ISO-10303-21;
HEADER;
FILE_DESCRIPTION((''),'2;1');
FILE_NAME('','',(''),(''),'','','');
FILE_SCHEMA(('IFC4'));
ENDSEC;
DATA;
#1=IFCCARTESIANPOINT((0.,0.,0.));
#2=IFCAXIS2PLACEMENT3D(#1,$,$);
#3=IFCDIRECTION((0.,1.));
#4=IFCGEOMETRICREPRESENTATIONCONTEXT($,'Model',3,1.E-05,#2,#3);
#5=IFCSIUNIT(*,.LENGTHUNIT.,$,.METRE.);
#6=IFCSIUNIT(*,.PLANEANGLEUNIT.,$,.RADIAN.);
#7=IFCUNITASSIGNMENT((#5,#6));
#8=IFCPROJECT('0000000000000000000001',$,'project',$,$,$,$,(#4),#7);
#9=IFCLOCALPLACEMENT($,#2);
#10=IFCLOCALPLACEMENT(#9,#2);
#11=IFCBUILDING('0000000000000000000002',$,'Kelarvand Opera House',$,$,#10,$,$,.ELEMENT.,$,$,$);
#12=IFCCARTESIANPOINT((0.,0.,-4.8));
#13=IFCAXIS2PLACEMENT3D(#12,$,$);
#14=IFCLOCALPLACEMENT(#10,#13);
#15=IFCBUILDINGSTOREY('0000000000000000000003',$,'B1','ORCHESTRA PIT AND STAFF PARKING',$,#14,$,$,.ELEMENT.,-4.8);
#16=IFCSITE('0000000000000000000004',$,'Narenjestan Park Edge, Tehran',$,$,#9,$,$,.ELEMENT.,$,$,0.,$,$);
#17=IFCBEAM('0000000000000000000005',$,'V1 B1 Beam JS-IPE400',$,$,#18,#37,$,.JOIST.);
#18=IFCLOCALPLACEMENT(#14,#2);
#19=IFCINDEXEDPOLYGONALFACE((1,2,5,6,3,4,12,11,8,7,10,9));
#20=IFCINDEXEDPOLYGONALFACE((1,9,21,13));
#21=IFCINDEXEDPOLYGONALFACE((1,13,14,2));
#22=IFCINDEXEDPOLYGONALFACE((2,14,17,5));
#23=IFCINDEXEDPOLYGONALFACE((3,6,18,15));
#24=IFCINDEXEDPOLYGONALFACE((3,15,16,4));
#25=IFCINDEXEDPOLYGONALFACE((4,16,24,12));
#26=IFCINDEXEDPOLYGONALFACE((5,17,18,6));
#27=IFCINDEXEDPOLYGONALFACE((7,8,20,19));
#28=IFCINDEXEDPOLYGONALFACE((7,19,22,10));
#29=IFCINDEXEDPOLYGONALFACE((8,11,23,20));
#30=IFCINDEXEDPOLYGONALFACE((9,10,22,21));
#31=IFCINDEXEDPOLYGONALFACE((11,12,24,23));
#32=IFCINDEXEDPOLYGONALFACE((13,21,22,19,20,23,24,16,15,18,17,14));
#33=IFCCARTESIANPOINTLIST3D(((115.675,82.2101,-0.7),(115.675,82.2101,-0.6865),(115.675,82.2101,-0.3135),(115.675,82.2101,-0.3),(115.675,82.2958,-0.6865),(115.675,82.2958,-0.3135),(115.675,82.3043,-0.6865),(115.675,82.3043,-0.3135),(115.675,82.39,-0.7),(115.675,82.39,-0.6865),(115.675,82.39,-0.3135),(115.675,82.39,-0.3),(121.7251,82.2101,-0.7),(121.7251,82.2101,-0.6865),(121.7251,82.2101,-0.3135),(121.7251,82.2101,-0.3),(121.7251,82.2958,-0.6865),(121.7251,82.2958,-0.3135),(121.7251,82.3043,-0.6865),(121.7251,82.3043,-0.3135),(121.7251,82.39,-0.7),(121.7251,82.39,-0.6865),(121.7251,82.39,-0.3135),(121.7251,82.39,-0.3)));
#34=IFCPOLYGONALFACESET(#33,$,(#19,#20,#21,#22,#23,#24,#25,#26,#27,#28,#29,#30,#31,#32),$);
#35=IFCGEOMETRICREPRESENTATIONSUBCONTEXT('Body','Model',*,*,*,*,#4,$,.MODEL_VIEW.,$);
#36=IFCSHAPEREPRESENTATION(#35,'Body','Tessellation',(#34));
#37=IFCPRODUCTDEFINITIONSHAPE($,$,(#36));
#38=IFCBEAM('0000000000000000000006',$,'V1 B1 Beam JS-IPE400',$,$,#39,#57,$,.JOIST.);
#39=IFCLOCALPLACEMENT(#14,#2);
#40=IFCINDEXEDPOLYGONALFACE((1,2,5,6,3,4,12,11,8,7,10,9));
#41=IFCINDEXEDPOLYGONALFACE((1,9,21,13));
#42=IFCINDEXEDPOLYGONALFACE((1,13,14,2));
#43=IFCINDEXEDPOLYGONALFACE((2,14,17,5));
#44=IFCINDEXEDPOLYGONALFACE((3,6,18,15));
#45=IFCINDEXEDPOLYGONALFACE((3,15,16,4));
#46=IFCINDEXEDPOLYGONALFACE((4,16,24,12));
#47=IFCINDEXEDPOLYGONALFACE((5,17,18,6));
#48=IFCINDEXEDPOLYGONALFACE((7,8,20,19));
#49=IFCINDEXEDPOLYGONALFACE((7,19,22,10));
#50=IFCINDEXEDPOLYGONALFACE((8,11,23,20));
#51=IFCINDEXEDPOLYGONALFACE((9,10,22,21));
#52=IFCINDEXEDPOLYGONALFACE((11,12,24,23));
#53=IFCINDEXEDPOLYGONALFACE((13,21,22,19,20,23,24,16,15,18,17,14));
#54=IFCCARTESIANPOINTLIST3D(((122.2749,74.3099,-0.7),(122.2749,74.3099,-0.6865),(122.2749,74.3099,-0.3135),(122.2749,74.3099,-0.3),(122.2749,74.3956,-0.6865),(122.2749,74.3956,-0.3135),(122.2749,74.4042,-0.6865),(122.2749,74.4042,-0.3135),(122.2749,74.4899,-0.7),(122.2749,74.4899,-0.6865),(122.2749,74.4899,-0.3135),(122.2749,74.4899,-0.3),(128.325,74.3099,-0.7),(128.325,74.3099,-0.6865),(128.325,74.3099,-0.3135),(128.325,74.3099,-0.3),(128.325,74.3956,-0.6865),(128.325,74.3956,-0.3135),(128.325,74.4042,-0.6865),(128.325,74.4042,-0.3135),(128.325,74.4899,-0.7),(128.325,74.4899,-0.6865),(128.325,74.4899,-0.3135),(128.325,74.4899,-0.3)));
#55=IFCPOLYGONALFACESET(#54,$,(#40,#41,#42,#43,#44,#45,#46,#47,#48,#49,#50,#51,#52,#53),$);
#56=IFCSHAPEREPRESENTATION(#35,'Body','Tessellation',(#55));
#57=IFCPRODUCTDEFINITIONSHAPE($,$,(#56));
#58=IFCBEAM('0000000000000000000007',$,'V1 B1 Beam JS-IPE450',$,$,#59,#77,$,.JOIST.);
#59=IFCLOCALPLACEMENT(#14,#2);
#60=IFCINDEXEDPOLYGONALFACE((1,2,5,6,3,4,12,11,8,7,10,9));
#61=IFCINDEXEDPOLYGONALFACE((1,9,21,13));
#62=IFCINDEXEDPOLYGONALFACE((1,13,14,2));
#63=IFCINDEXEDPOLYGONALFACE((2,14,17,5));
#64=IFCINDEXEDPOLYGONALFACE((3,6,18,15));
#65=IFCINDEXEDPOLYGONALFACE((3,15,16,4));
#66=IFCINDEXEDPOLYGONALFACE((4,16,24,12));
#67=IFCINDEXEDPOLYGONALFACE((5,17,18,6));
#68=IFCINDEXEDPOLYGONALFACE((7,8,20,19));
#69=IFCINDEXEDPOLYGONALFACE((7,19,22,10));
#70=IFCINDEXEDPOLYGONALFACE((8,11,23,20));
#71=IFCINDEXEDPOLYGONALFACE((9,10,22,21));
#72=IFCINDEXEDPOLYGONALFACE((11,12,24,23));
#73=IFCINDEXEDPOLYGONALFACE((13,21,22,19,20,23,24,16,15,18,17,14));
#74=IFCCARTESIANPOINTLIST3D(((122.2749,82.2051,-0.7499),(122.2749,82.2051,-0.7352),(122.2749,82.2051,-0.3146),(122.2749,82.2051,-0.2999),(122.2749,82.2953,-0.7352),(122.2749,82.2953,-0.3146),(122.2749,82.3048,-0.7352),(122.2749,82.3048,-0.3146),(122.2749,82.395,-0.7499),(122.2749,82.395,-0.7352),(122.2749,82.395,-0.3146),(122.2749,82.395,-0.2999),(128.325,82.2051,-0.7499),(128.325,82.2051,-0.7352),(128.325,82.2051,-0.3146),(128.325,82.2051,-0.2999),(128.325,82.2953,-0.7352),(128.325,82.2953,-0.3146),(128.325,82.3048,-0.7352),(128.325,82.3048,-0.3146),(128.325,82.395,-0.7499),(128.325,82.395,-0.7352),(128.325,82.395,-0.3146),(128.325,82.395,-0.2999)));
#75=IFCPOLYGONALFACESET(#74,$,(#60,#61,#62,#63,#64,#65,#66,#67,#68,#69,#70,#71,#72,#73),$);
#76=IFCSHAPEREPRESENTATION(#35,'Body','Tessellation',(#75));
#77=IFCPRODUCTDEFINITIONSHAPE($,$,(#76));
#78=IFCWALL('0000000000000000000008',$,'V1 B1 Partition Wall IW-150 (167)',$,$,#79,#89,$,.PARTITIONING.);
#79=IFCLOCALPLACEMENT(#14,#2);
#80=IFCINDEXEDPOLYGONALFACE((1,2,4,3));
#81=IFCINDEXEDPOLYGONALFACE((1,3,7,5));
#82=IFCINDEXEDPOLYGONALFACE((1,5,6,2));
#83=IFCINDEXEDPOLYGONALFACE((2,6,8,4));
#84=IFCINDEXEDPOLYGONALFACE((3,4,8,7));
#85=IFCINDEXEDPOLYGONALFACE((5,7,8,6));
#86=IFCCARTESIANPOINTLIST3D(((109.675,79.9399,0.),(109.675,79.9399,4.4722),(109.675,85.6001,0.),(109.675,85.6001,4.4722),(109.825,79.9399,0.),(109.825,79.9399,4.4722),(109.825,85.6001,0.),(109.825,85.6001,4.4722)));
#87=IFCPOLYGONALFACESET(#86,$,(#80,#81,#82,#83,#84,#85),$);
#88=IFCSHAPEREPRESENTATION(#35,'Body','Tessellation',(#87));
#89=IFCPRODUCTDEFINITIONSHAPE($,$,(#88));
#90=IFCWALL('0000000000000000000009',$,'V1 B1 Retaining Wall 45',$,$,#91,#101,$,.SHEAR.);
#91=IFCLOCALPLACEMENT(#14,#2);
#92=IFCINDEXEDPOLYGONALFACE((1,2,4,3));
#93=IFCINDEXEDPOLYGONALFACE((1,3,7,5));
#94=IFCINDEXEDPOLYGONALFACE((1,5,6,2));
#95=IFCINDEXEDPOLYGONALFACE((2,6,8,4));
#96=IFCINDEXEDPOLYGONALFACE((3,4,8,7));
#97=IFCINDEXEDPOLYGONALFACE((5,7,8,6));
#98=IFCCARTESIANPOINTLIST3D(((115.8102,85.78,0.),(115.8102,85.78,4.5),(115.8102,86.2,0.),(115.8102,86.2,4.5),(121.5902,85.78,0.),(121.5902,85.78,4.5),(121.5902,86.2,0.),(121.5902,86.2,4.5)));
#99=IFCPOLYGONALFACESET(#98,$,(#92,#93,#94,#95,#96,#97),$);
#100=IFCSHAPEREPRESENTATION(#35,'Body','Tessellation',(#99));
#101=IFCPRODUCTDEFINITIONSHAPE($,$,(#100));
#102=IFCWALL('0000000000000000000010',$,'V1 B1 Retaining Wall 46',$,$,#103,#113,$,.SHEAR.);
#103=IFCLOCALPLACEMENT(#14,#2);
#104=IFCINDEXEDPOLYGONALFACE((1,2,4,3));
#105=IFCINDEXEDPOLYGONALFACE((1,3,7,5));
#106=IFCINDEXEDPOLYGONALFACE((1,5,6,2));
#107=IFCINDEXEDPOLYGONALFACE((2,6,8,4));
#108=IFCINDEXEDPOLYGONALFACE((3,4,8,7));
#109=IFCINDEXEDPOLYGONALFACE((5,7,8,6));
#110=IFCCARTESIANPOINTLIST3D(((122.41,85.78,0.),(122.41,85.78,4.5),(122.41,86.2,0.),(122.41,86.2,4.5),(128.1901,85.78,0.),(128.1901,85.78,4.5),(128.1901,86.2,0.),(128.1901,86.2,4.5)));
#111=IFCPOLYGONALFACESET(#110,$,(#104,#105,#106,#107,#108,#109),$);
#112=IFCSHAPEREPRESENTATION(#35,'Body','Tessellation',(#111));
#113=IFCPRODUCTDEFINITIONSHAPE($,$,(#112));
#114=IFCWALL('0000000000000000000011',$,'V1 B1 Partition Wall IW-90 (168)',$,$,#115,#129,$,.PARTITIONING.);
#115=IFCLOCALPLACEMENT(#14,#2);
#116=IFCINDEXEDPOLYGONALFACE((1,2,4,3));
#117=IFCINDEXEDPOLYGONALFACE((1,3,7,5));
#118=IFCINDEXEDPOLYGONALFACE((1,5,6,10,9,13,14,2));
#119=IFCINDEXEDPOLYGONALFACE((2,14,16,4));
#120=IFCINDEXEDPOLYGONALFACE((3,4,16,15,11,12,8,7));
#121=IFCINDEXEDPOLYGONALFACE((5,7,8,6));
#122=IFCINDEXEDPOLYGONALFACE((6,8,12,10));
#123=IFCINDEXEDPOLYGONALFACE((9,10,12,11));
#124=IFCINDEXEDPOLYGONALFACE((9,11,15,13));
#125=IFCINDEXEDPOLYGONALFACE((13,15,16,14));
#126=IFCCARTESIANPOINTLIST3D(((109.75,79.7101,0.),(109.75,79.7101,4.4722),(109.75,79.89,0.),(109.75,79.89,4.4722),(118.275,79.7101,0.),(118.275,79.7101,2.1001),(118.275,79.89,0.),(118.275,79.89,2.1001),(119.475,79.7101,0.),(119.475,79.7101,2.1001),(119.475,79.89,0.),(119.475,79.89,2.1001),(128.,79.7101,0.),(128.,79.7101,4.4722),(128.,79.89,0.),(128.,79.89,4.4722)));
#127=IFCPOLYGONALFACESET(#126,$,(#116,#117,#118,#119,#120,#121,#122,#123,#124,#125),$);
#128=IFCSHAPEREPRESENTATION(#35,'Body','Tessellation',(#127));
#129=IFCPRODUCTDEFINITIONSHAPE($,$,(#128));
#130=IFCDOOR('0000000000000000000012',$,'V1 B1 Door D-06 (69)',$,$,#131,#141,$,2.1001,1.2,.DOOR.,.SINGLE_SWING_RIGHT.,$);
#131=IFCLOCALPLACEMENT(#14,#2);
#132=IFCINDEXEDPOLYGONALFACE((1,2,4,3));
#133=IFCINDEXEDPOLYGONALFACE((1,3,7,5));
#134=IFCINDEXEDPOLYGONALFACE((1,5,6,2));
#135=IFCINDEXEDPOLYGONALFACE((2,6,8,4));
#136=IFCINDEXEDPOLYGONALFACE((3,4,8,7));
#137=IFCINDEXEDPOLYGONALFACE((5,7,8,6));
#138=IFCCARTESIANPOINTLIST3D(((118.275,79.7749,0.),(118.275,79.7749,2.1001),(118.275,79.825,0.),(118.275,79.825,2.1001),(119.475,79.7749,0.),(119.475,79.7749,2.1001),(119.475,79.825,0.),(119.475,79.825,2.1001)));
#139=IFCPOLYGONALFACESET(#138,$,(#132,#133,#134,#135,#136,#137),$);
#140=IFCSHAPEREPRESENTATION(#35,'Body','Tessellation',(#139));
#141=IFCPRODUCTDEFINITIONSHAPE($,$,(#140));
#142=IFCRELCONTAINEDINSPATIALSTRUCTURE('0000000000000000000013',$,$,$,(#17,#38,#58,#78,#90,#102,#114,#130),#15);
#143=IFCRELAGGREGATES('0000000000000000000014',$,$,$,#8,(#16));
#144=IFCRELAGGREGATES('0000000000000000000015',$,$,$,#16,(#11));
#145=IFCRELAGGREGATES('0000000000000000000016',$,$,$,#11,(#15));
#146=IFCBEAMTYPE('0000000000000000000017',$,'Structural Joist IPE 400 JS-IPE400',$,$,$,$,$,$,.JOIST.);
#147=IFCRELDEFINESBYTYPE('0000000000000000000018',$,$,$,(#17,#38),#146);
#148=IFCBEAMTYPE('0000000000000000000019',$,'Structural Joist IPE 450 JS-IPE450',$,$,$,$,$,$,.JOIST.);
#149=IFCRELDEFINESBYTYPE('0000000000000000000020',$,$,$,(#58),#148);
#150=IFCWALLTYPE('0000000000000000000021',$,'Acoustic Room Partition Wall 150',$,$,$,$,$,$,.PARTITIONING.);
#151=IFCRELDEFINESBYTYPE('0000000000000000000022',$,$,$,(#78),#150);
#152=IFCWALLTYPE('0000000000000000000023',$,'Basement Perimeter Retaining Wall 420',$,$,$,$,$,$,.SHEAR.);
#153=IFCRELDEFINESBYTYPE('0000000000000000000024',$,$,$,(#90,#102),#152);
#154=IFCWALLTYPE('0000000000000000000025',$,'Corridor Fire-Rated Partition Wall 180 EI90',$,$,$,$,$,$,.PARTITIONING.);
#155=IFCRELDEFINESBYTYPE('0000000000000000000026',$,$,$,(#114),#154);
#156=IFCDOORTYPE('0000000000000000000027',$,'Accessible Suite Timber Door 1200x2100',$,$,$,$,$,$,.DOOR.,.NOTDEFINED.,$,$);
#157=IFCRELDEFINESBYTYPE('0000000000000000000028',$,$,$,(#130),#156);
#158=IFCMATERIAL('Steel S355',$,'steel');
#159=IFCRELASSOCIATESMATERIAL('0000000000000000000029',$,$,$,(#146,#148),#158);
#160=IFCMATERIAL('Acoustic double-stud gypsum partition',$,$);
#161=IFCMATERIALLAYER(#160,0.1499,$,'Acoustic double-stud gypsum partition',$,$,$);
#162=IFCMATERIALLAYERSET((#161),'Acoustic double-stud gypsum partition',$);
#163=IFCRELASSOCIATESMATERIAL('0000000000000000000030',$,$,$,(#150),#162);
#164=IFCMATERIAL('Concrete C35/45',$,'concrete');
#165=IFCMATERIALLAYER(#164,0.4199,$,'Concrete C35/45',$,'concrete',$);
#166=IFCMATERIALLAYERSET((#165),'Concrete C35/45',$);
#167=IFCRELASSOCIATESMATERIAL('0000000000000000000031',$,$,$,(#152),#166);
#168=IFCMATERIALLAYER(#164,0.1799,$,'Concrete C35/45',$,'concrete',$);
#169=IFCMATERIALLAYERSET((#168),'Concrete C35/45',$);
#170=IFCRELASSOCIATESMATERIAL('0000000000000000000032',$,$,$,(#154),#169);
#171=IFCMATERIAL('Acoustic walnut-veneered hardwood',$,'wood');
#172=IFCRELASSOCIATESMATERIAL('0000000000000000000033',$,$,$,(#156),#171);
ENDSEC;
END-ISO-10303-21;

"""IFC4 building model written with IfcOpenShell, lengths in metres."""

from ifc_helpers import new_model, si_unit, direction, frame, frame_2d, origin, origin_2d, place, context, subcontext, project, spatial, rectangle, i_section, extrude, material, layer, layer_set, material_profile, profile_set, type_object, element, fill, save


model = new_model("IFC4")

# Units and contexts
model_context = context("Model", 3, precision=1e-05, world=origin(), true_north=direction((0.0, 1.0)))
body_context = subcontext(model_context, "Body", "Model", "MODEL_VIEW")
ifc_project = project(units=[si_unit("LENGTHUNIT", "METRE"), si_unit("PLANEANGLEUNIT", "RADIAN")], contexts=[model_context])

# Site, building, storey
site_placement = place(None, origin())
site = spatial("IfcSite", under=ifc_project, at=site_placement, Name="Narenjestan Park Edge, Tehran", CompositionType="ELEMENT", RefElevation=0.0)
building_placement = place(site_placement, origin())
building = spatial("IfcBuilding", under=site, at=building_placement, Name="Kelarvand Opera House", CompositionType="ELEMENT")
storey_placement = place(building_placement, frame((0.0, 0.0, -4.8)))
storey = spatial("IfcBuildingStorey", under=building, at=storey_placement, Name="B1", Description="ORCHESTRA PIT AND STAFF PARKING", CompositionType="ELEMENT", Elevation=-4.8)

# Beams
ifc_material_1 = material(Name="Steel S355", Category="steel")
ifc_material_profile_1 = material_profile(ifc_material_1, i_section(OverallWidth=0.1799, OverallDepth=0.3999, WebThickness=0.0085, FlangeThickness=0.0134, at=origin_2d()), Name="IPE 400", Category="steel")
ifc_profile_set_1 = profile_set([ifc_material_profile_1], Name="Steel S355")
beam_type_1 = type_object("IfcBeamType", Name="Structural Joist IPE 400 JS-IPE400", PredefinedType="JOIST", material=ifc_profile_set_1)
for number, where, z_axis, x_axis, name in (
    (1, (115.675, 82.3, -0.5), (1.0, 0.0, 0.0), (0.0, 1.0, 0.0), "V1 B1 Beam JS-IPE400"),
    (2, (122.2749, 74.3999, -0.5), (1.0, 0.0, 0.0), (0.0, 1.0, 0.0), "V1 B1 Beam JS-IPE400"),
):
    element("IfcBeam", number, at=place(storey_placement, frame(where, z_axis=z_axis, x_axis=x_axis)), inside=storey, type_object=beam_type_1, Name=name, PredefinedType="JOIST", context=body_context, shape_type="SweptSolid", body=[
        extrude(i_section(OverallWidth=0.1799, OverallDepth=0.3999, WebThickness=0.0085, FlangeThickness=0.0134, at=origin_2d()), origin(), (0.0, 0.0, 1.0), 6.05),
    ])
ifc_material_profile_2 = material_profile(ifc_material_1, i_section(OverallWidth=0.1899, OverallDepth=0.45, WebThickness=0.0095, FlangeThickness=0.0146, at=origin_2d()), Name="IPE 450", Category="steel")
ifc_profile_set_2 = profile_set([ifc_material_profile_2], Name="Steel S355")
beam_type_2 = type_object("IfcBeamType", Name="Structural Joist IPE 450 JS-IPE450", PredefinedType="JOIST", material=ifc_profile_set_2)
beam_1_placement = place(storey_placement, frame((122.2749, 82.3, -0.5249), z_axis=(1.0, 0.0, 0.0), x_axis=(0.0, 1.0, 0.0)))
element("IfcBeam", 3, at=beam_1_placement, inside=storey, type_object=beam_type_2, Name="V1 B1 Beam JS-IPE450", PredefinedType="JOIST", context=body_context, shape_type="SweptSolid", body=[
    extrude(i_section(OverallWidth=0.1899, OverallDepth=0.45, WebThickness=0.0095, FlangeThickness=0.0146, at=origin_2d()), origin(), (0.0, 0.0, 1.0), 6.05),
])

# Walls
ifc_material_2 = material(Name="Acoustic double-stud gypsum partition")
ifc_layer_1 = layer(ifc_material_2, 0.1499, Name="Acoustic double-stud gypsum partition")
ifc_layer_set_1 = layer_set([ifc_layer_1], Name="Acoustic double-stud gypsum partition")
wall_type_1 = type_object("IfcWallType", Name="Acoustic Room Partition Wall 150", PredefinedType="PARTITIONING", material=ifc_layer_set_1)
wall_1_placement = place(storey_placement, frame((109.75, 79.9399, 0.0), z_axis=(0.0, 0.0, 1.0), x_axis=(0.0, 1.0, 0.0)))
element("IfcWall", 4, at=wall_1_placement, inside=storey, type_object=wall_type_1, Name="V1 B1 Partition Wall IW-150 (167)", PredefinedType="PARTITIONING", context=body_context, shape_type="SweptSolid", body=[
    extrude(rectangle(XDim=5.6602, YDim=0.1499, at=frame_2d((2.8301, 0.0))), origin(), (0.0, 0.0, 1.0), 4.4722),
])
ifc_material_3 = material(Name="Concrete C35/45", Category="concrete")
ifc_layer_2 = layer(ifc_material_3, 0.4199, Name="Concrete C35/45", Category="concrete")
ifc_layer_set_2 = layer_set([ifc_layer_2], Name="Concrete C35/45")
wall_type_2 = type_object("IfcWallType", Name="Basement Perimeter Retaining Wall 420", PredefinedType="SHEAR", material=ifc_layer_set_2)
for number, where, z_axis, x_axis, name in (
    (5, (115.8101, 85.99, 0.0), (0.0, 0.0, 1.0), (1.0, 0.0, 0.0), "V1 B1 Retaining Wall 45"),
    (6, (122.4099, 85.99, 0.0), (0.0, 0.0, 1.0), (1.0, 0.0, 0.0), "V1 B1 Retaining Wall 46"),
):
    element("IfcWall", number, at=place(storey_placement, frame(where, z_axis=z_axis, x_axis=x_axis)), inside=storey, type_object=wall_type_2, Name=name, PredefinedType="SHEAR", context=body_context, shape_type="SweptSolid", body=[
        extrude(rectangle(XDim=5.78, YDim=0.4199, at=frame_2d((2.8901, 0.0))), origin(), (0.0, 0.0, 1.0), 4.5),
    ])

# Wall, opening, door
ifc_layer_3 = layer(ifc_material_3, 0.1799, Name="Concrete C35/45", Category="concrete")
ifc_layer_set_3 = layer_set([ifc_layer_3], Name="Concrete C35/45")
wall_type_3 = type_object("IfcWallType", Name="Corridor Fire-Rated Partition Wall 180 EI90", PredefinedType="PARTITIONING", material=ifc_layer_set_3)
wall_2_placement = place(storey_placement, frame((109.75, 79.8, 0.0), z_axis=(0.0, 0.0, 1.0), x_axis=(1.0, 0.0, 0.0)))
wall_2 = element("IfcWall", 7, at=wall_2_placement, inside=storey, type_object=wall_type_3, Name="V1 B1 Partition Wall IW-90 (168)", PredefinedType="PARTITIONING", context=body_context, shape_type="SweptSolid", body=[
    extrude(rectangle(XDim=18.25, YDim=0.1799, at=frame_2d((9.125, 0.0))), origin(), (0.0, 0.0, 1.0), 4.4722),
])
opening_placement = place(wall_2_placement, frame((8.5249, 0.0, 0.0)))
opening = element("IfcOpeningElement", 8, at=opening_placement, cuts=wall_2, PredefinedType="OPENING", context=body_context, shape_type="SweptSolid", body=[
    extrude(rectangle(XDim=1.2, YDim=2.1001, at=frame_2d((0.6001, 1.05))), frame((0.0, 0.1001, 0.0), z_axis=(0.0, -1.0, 0.0), x_axis=(1.0, 0.0, 0.0)), (0.0, 0.0, 1.0), 0.2),
])
ifc_material_4 = material(Name="Acoustic walnut-veneered hardwood", Category="wood")
door_type = type_object("IfcDoorType", Name="Accessible Suite Timber Door 1200x2100", OperationType="NOTDEFINED", PredefinedType="DOOR", material=ifc_material_4)
door_placement = place(opening_placement, origin())
door = element("IfcDoor", 9, at=door_placement, inside=storey, type_object=door_type, Name="V1 B1 Door D-06 (69)", OperationType="SINGLE_SWING_RIGHT", OverallHeight=2.1001, OverallWidth=1.2, PredefinedType="DOOR", context=body_context, shape_type="SweptSolid", body=[
    extrude(rectangle(XDim=1.2, YDim=2.1001, at=frame_2d((0.6001, 1.05))), frame((0.0, 0.0249, 0.0), z_axis=(0.0, -1.0, 0.0), x_axis=(1.0, 0.0, 0.0)), (0.0, 0.0, 1.0), 0.05),
])
fill(opening, door)

save(model, "model.ifc")
